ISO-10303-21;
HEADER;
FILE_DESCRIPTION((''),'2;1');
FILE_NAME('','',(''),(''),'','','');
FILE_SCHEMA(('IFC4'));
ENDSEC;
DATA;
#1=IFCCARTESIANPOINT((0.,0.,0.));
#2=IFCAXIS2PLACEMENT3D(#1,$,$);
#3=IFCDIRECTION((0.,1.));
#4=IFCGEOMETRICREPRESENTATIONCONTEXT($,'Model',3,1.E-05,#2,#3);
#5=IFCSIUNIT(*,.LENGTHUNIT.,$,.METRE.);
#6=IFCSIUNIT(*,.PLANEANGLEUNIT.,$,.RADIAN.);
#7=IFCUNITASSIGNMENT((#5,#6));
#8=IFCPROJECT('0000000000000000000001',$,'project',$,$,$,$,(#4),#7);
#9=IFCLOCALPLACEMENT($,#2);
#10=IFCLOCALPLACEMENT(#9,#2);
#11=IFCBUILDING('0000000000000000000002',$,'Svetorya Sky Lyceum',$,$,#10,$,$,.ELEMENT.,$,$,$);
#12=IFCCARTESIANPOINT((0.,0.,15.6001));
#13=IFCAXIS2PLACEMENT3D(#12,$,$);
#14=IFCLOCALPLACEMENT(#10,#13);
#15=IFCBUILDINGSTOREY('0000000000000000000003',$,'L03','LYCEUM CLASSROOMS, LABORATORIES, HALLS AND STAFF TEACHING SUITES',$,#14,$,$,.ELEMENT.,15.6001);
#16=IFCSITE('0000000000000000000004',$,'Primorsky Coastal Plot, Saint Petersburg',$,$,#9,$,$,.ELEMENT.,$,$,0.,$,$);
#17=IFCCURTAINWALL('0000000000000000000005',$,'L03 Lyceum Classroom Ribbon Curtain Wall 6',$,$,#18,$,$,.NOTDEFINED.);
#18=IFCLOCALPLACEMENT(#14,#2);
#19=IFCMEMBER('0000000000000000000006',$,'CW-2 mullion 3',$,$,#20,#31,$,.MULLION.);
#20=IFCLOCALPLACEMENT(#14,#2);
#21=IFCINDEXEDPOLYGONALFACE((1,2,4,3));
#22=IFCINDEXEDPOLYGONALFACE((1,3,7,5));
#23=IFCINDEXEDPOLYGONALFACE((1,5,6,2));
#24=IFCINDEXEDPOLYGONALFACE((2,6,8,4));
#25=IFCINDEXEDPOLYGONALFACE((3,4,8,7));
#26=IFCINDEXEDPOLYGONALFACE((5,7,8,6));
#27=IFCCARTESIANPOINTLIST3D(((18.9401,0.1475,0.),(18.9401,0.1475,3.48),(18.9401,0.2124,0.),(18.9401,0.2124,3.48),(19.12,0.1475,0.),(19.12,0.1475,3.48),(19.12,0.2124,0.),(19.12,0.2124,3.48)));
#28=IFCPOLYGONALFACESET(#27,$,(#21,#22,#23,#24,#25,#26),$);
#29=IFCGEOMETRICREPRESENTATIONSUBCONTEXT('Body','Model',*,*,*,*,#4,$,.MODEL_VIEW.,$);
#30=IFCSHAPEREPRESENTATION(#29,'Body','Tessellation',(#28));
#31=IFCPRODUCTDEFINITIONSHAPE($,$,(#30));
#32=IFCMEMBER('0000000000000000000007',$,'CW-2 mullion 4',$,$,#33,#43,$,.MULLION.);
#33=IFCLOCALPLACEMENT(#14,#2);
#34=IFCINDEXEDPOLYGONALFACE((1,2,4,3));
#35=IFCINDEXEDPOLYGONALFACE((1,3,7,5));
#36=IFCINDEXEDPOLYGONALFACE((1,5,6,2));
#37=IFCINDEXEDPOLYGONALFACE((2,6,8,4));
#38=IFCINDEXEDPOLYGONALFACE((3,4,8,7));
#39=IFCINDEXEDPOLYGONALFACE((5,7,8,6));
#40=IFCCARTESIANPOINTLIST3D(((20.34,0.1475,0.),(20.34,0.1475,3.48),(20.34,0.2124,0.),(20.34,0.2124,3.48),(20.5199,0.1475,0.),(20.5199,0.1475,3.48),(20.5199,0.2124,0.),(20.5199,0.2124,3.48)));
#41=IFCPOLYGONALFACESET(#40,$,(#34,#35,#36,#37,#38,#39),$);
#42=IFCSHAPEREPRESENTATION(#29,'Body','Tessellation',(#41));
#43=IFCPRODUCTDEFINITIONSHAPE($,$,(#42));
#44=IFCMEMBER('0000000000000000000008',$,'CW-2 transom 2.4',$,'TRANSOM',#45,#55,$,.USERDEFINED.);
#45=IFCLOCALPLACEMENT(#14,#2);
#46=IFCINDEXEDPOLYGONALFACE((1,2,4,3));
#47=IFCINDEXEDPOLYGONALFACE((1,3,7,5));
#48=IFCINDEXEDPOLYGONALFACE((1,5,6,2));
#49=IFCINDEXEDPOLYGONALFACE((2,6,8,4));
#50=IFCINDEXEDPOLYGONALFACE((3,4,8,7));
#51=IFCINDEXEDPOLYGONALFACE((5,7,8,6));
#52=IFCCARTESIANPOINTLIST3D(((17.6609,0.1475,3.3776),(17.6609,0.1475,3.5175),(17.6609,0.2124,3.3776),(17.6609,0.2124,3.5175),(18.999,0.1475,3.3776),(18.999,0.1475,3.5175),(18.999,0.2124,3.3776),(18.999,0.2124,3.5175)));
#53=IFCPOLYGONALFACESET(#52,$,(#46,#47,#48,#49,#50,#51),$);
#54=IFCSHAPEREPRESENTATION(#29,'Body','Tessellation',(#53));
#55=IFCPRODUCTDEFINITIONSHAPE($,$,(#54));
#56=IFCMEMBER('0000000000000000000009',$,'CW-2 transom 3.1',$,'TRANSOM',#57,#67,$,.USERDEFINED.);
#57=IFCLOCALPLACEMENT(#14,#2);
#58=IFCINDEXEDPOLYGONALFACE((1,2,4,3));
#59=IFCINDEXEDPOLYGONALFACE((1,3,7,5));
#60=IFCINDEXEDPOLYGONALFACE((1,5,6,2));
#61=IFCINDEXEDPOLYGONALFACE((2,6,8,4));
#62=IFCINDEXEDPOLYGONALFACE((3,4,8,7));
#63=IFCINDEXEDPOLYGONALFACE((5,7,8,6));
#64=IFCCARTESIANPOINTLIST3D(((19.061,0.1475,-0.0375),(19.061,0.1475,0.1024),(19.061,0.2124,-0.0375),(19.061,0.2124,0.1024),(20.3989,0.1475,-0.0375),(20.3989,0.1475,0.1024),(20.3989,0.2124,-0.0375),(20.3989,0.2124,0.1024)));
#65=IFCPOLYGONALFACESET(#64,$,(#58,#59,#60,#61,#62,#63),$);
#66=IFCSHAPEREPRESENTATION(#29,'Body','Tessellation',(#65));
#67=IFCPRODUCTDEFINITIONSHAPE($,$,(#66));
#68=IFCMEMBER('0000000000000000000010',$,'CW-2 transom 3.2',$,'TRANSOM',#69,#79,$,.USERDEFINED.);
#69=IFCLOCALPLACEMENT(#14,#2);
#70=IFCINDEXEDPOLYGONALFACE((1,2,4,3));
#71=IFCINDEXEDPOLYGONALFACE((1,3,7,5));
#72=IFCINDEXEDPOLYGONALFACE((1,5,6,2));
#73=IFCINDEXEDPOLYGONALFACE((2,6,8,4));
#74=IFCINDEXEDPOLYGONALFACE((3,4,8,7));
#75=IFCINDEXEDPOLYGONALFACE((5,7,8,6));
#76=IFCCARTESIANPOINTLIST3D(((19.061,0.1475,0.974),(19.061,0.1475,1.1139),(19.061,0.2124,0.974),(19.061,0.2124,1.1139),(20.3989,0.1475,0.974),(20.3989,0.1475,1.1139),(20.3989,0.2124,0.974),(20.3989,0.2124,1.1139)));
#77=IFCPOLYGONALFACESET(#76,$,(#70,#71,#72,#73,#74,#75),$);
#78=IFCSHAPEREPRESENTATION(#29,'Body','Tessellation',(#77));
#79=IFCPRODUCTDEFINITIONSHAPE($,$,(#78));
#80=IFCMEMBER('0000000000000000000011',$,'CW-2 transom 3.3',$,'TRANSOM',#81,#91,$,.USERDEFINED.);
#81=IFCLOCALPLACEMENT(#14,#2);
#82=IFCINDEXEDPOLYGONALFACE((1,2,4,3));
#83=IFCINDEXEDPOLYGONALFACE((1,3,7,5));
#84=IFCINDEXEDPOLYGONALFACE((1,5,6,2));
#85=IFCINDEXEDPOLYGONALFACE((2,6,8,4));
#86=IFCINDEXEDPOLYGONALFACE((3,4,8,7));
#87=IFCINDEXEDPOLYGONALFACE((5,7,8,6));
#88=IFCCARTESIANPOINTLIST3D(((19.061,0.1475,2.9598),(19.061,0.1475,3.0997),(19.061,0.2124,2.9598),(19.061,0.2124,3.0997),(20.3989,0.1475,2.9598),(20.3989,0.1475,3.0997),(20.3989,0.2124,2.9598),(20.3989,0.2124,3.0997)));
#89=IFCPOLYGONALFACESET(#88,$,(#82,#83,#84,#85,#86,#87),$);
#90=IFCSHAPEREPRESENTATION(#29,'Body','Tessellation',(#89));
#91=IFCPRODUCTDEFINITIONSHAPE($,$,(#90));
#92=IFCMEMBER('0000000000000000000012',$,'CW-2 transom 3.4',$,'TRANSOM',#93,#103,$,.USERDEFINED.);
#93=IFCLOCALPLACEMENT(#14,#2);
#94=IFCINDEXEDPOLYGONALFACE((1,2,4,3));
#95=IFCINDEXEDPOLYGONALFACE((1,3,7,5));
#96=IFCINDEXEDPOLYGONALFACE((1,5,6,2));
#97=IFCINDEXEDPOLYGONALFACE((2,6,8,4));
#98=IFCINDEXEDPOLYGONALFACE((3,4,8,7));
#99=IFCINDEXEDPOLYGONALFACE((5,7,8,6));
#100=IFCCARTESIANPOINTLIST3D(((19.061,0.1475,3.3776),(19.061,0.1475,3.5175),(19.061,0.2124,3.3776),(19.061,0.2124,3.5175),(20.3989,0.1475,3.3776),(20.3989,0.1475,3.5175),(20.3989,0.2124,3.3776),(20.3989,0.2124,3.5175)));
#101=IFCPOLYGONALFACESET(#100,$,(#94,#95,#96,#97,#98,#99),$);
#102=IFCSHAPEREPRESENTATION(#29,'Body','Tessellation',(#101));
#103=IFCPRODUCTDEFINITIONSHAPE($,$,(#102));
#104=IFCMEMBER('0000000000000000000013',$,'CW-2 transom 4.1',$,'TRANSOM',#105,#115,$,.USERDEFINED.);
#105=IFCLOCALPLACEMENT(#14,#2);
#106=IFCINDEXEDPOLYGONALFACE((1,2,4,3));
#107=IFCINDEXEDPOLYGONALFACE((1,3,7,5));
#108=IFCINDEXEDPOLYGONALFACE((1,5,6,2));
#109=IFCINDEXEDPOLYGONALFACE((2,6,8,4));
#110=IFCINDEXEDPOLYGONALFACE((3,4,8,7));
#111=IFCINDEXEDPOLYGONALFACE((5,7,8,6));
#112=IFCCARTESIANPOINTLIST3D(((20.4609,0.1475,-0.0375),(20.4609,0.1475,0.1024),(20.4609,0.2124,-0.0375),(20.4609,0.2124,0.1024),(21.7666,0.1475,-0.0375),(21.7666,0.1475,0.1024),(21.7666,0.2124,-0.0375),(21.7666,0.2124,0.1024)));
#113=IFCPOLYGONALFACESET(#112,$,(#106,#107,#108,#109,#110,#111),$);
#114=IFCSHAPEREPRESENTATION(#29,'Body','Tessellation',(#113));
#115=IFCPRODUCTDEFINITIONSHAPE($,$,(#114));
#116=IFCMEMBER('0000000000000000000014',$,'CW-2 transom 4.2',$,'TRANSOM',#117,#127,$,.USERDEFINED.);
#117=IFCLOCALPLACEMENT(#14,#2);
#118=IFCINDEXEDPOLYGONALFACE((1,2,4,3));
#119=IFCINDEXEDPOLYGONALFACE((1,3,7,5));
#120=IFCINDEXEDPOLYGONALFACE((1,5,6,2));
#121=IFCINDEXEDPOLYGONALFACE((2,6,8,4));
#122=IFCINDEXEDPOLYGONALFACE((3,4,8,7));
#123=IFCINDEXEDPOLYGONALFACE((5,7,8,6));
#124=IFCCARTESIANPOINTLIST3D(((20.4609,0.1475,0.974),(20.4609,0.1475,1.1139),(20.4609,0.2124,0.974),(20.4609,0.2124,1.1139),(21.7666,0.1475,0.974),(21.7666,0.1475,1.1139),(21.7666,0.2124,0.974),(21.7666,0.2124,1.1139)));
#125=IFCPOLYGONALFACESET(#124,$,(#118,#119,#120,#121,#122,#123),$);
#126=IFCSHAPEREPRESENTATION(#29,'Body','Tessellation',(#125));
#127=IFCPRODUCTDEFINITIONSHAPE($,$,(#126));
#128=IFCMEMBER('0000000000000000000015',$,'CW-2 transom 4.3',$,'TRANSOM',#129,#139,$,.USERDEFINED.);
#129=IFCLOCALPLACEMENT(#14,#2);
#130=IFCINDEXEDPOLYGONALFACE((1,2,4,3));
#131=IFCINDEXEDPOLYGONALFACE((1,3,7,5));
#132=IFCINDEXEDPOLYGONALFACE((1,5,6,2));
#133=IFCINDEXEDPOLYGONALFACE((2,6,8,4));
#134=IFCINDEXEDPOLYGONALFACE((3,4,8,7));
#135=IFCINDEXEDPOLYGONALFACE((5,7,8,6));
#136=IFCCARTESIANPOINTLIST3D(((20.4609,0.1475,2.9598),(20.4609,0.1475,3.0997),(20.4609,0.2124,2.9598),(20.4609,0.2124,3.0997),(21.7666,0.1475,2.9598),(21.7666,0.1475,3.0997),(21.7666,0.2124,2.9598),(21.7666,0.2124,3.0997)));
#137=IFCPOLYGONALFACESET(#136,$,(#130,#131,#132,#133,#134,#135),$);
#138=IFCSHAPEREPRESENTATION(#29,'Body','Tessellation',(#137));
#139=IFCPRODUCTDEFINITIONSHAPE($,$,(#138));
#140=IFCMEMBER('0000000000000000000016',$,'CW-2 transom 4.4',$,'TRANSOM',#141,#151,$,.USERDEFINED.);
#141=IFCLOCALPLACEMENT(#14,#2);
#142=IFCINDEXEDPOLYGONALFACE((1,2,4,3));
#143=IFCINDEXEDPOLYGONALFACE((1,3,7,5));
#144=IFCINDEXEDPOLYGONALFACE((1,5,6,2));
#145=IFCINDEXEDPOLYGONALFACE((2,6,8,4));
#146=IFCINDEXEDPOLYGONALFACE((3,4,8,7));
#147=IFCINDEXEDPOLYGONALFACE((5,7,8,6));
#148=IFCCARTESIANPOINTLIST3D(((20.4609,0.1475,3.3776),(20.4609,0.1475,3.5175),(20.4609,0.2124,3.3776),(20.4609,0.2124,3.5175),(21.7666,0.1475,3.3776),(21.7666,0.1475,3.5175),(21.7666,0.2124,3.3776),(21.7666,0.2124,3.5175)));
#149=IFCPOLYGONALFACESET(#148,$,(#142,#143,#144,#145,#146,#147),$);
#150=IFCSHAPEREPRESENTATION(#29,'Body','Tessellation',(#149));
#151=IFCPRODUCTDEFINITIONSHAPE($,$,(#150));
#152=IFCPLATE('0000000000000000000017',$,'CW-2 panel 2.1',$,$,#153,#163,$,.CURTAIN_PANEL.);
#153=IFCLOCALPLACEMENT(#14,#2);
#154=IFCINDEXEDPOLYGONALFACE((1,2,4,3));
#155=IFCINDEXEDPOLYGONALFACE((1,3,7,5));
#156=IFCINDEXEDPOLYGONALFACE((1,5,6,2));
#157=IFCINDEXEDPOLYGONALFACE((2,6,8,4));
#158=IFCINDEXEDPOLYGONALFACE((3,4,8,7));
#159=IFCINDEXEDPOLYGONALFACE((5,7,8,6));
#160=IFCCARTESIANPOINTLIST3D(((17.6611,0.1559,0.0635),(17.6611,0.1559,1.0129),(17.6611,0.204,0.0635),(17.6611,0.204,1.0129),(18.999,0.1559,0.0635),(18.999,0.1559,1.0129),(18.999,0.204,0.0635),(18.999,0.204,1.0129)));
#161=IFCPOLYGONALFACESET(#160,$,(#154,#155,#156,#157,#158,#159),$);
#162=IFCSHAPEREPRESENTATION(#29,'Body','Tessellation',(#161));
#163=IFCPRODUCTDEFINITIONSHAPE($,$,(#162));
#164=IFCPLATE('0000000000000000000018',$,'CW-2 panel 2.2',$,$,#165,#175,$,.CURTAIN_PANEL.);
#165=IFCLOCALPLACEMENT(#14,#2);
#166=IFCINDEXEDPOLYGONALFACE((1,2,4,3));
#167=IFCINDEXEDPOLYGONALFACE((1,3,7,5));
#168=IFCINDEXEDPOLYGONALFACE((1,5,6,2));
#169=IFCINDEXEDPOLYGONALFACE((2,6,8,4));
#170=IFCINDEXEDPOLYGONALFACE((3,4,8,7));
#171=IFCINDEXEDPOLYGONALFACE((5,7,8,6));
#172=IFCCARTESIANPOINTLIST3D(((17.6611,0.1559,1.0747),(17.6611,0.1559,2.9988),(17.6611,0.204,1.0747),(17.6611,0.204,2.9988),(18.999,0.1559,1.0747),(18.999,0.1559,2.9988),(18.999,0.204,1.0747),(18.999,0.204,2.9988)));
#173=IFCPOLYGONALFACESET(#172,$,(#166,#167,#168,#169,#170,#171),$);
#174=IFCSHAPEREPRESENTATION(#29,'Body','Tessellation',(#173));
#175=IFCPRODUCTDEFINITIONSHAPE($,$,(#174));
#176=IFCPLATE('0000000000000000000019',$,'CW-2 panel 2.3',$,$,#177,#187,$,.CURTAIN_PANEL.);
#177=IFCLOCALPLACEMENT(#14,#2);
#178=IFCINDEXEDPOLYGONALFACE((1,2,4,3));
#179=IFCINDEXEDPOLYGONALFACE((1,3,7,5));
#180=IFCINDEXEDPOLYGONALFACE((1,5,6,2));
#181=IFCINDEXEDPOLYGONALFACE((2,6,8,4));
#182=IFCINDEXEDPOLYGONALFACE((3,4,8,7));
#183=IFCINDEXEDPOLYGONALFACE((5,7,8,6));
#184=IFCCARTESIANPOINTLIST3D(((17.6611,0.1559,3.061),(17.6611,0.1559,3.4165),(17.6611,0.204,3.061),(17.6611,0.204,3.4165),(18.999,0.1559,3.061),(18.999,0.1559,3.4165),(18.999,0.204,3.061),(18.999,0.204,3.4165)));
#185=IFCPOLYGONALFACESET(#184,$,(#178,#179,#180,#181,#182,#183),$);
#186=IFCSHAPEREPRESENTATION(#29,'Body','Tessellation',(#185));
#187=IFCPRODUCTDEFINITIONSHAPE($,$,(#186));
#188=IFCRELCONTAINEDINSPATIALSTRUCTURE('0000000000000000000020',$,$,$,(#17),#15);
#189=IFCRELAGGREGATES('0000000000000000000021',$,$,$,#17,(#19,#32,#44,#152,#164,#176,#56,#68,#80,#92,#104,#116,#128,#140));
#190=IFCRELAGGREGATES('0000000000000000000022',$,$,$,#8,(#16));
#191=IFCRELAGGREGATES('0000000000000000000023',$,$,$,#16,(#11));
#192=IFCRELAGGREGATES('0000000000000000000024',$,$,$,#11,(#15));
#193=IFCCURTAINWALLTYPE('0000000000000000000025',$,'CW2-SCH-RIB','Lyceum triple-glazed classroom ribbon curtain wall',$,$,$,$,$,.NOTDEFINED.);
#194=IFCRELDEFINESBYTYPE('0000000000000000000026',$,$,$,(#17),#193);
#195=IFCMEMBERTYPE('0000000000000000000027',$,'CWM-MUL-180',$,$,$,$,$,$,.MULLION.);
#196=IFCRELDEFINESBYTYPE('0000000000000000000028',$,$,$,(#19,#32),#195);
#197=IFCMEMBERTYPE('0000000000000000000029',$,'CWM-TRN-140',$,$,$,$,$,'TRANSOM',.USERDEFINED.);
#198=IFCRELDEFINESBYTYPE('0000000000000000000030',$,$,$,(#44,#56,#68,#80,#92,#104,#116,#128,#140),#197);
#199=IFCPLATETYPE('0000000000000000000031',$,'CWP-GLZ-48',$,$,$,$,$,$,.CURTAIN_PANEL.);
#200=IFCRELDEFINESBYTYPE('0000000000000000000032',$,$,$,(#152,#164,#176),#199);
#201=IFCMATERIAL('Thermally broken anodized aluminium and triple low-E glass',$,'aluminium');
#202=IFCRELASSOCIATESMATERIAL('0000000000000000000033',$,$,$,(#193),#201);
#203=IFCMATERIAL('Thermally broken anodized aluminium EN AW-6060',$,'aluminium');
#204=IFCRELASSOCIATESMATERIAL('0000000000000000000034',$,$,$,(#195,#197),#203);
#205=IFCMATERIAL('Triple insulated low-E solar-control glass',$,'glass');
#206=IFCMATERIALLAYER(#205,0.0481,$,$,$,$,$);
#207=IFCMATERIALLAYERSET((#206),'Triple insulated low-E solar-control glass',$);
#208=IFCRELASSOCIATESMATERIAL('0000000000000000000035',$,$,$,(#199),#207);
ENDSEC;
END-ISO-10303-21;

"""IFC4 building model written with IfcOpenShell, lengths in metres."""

from ifc_helpers import new_model, si_unit, direction, frame, origin, origin_2d, place, context, subcontext, project, spatial, rectangle, extrude, material, layer, layer_set, material_profile, profile_set, type_object, element, aggregate, save


model = new_model("IFC4")

# Units and contexts
model_context = context("Model", 3, precision=1e-05, world=origin(), true_north=direction((0.0, 1.0)))
body_context = subcontext(model_context, "Body", "Model", "MODEL_VIEW")
ifc_project = project(units=[si_unit("LENGTHUNIT", "METRE"), si_unit("PLANEANGLEUNIT", "RADIAN")], contexts=[model_context])

# Site, building, storey
site_placement = place(None, origin())
site = spatial("IfcSite", under=ifc_project, at=site_placement, Name="Primorsky Coastal Plot, Saint Petersburg", CompositionType="ELEMENT", RefElevation=0.0)
building_placement = place(site_placement, origin())
building = spatial("IfcBuilding", under=site, at=building_placement, Name="Svetorya Sky Lyceum", CompositionType="ELEMENT")
storey_placement = place(building_placement, frame((0.0, 0.0, 15.6001)))
storey = spatial("IfcBuildingStorey", under=building, at=storey_placement, Name="L03", Description="LYCEUM CLASSROOMS, LABORATORIES, HALLS AND STAFF TEACHING SUITES", CompositionType="ELEMENT", Elevation=15.6001)

# Curtain wall, members, plates
ifc_material_1 = material(Name="Thermally broken anodized aluminium and triple low-E glass", Category="aluminium")
curtain_wall_type = type_object("IfcCurtainWallType", Name="CW2-SCH-RIB", Description="Lyceum triple-glazed classroom ribbon curtain wall", PredefinedType="NOTDEFINED", material=ifc_material_1)
curtain_wall_placement = place(storey_placement, origin())
curtain_wall = element("IfcCurtainWall", 1, at=curtain_wall_placement, inside=storey, type_object=curtain_wall_type, Name="L03 Lyceum Classroom Ribbon Curtain Wall 6", PredefinedType="NOTDEFINED")
ifc_material_2 = material(Name="Thermally broken anodized aluminium EN AW-6060", Category="aluminium")
ifc_material_profile_1 = material_profile(ifc_material_2, rectangle(XDim=0.0649, YDim=0.1799, at=origin_2d()), Name="ALU MULLION 65x180")
ifc_profile_set_1 = profile_set([ifc_material_profile_1], Name="Thermally broken anodized aluminium EN AW-6060")
member_type_1 = type_object("IfcMemberType", Name="CWM-MUL-180", PredefinedType="MULLION", material=ifc_profile_set_1)
member_1_placement = place(storey_placement, frame((19.03, 0.1799, 0.0), z_axis=(0.0, 0.0, 1.0), x_axis=(0.0, 1.0, 0.0)))
member_1 = element("IfcMember", 2, at=member_1_placement, type_object=member_type_1, Name="CW-2 mullion 3", PredefinedType="MULLION", context=body_context, shape_type="SweptSolid", body=[
    extrude(rectangle(XDim=0.0649, YDim=0.1799, at=origin_2d()), origin(), (0.0, 0.0, 1.0), 3.48),
])
member_2_placement = place(storey_placement, frame((20.4299, 0.1799, 0.0), z_axis=(0.0, 0.0, 1.0), x_axis=(0.0, 1.0, 0.0)))
member_2 = element("IfcMember", 3, at=member_2_placement, type_object=member_type_1, Name="CW-2 mullion 4", PredefinedType="MULLION", context=body_context, shape_type="SweptSolid", body=[
    extrude(rectangle(XDim=0.0649, YDim=0.1799, at=origin_2d()), origin(), (0.0, 0.0, 1.0), 3.48),
])
ifc_material_profile_2 = material_profile(ifc_material_2, rectangle(XDim=0.0649, YDim=0.1399, at=origin_2d()), Name="ALU TRANSOM 65x140")
ifc_profile_set_2 = profile_set([ifc_material_profile_2], Name="Thermally broken anodized aluminium EN AW-6060")
member_type_2 = type_object("IfcMemberType", Name="CWM-TRN-140", ElementType="TRANSOM", PredefinedType="USERDEFINED", material=ifc_profile_set_2)
member_3_placement = place(storey_placement, frame((17.6609, 0.1799, 3.4475), z_axis=(1.0, 0.0, 0.0), x_axis=(0.0, 1.0, 0.0)))
member_3 = element("IfcMember", 4, at=member_3_placement, type_object=member_type_2, Name="CW-2 transom 2.4", ObjectType="TRANSOM", PredefinedType="USERDEFINED", context=body_context, shape_type="SweptSolid", body=[
    extrude(rectangle(XDim=0.0649, YDim=0.1399, at=origin_2d()), origin(), (0.0, 0.0, 1.0), 1.3381),
])
member_4_placement = place(storey_placement, frame((19.061, 0.1799, 0.0325), z_axis=(1.0, 0.0, 0.0), x_axis=(0.0, 1.0, 0.0)))
member_4 = element("IfcMember", 5, at=member_4_placement, type_object=member_type_2, Name="CW-2 transom 3.1", ObjectType="TRANSOM", PredefinedType="USERDEFINED", context=body_context, shape_type="SweptSolid", body=[
    extrude(rectangle(XDim=0.0649, YDim=0.1399, at=origin_2d()), origin(), (0.0, 0.0, 1.0), 1.3379),
])
member_5_placement = place(storey_placement, frame((19.061, 0.1799, 1.0439), z_axis=(1.0, 0.0, 0.0), x_axis=(0.0, 1.0, 0.0)))
member_5 = element("IfcMember", 6, at=member_5_placement, type_object=member_type_2, Name="CW-2 transom 3.2", ObjectType="TRANSOM", PredefinedType="USERDEFINED", context=body_context, shape_type="SweptSolid", body=[
    extrude(rectangle(XDim=0.0649, YDim=0.1399, at=origin_2d()), origin(), (0.0, 0.0, 1.0), 1.3379),
])
member_6_placement = place(storey_placement, frame((19.061, 0.1799, 3.0298), z_axis=(1.0, 0.0, 0.0), x_axis=(0.0, 1.0, 0.0)))
member_6 = element("IfcMember", 7, at=member_6_placement, type_object=member_type_2, Name="CW-2 transom 3.3", ObjectType="TRANSOM", PredefinedType="USERDEFINED", context=body_context, shape_type="SweptSolid", body=[
    extrude(rectangle(XDim=0.0649, YDim=0.1399, at=origin_2d()), origin(), (0.0, 0.0, 1.0), 1.3379),
])
member_7_placement = place(storey_placement, frame((19.061, 0.1799, 3.4475), z_axis=(1.0, 0.0, 0.0), x_axis=(0.0, 1.0, 0.0)))
member_7 = element("IfcMember", 8, at=member_7_placement, type_object=member_type_2, Name="CW-2 transom 3.4", ObjectType="TRANSOM", PredefinedType="USERDEFINED", context=body_context, shape_type="SweptSolid", body=[
    extrude(rectangle(XDim=0.0649, YDim=0.1399, at=origin_2d()), origin(), (0.0, 0.0, 1.0), 1.3379),
])
member_8_placement = place(storey_placement, frame((20.4609, 0.1799, 0.0325), z_axis=(1.0, 0.0, 0.0), x_axis=(0.0, 1.0, 0.0)))
member_8 = element("IfcMember", 9, at=member_8_placement, type_object=member_type_2, Name="CW-2 transom 4.1", ObjectType="TRANSOM", PredefinedType="USERDEFINED", context=body_context, shape_type="SweptSolid", body=[
    extrude(rectangle(XDim=0.0649, YDim=0.1399, at=origin_2d()), origin(), (0.0, 0.0, 1.0), 1.3057),
])
member_9_placement = place(storey_placement, frame((20.4609, 0.1799, 1.0439), z_axis=(1.0, 0.0, 0.0), x_axis=(0.0, 1.0, 0.0)))
member_9 = element("IfcMember", 10, at=member_9_placement, type_object=member_type_2, Name="CW-2 transom 4.2", ObjectType="TRANSOM", PredefinedType="USERDEFINED", context=body_context, shape_type="SweptSolid", body=[
    extrude(rectangle(XDim=0.0649, YDim=0.1399, at=origin_2d()), origin(), (0.0, 0.0, 1.0), 1.3057),
])
member_10_placement = place(storey_placement, frame((20.4609, 0.1799, 3.0298), z_axis=(1.0, 0.0, 0.0), x_axis=(0.0, 1.0, 0.0)))
member_10 = element("IfcMember", 11, at=member_10_placement, type_object=member_type_2, Name="CW-2 transom 4.3", ObjectType="TRANSOM", PredefinedType="USERDEFINED", context=body_context, shape_type="SweptSolid", body=[
    extrude(rectangle(XDim=0.0649, YDim=0.1399, at=origin_2d()), origin(), (0.0, 0.0, 1.0), 1.3057),
])
member_11_placement = place(storey_placement, frame((20.4609, 0.1799, 3.4475), z_axis=(1.0, 0.0, 0.0), x_axis=(0.0, 1.0, 0.0)))
member_11 = element("IfcMember", 12, at=member_11_placement, type_object=member_type_2, Name="CW-2 transom 4.4", ObjectType="TRANSOM", PredefinedType="USERDEFINED", context=body_context, shape_type="SweptSolid", body=[
    extrude(rectangle(XDim=0.0649, YDim=0.1399, at=origin_2d()), origin(), (0.0, 0.0, 1.0), 1.3057),
])
ifc_material_3 = material(Name="Triple insulated low-E solar-control glass", Category="glass")
ifc_layer = layer(ifc_material_3, 0.0481)
ifc_layer_set = layer_set([ifc_layer], Name="Triple insulated low-E solar-control glass")
plate_type = type_object("IfcPlateType", Name="CWP-GLZ-48", PredefinedType="CURTAIN_PANEL", material=ifc_layer_set)
plate_1_placement = place(storey_placement, frame((18.3301, 0.1799, 0.0635), z_axis=(0.0, 0.0, 1.0), x_axis=(1.0, 0.0, 0.0)))
plate_1 = element("IfcPlate", 13, at=plate_1_placement, type_object=plate_type, Name="CW-2 panel 2.1", PredefinedType="CURTAIN_PANEL", context=body_context, shape_type="SweptSolid", body=[
    extrude(rectangle(XDim=1.3379, YDim=0.0481, at=origin_2d()), origin(), (0.0, 0.0, 1.0), 0.9495),
])
plate_2_placement = place(storey_placement, frame((18.3301, 0.1799, 1.0747), z_axis=(0.0, 0.0, 1.0), x_axis=(1.0, 0.0, 0.0)))
plate_2 = element("IfcPlate", 14, at=plate_2_placement, type_object=plate_type, Name="CW-2 panel 2.2", PredefinedType="CURTAIN_PANEL", context=body_context, shape_type="SweptSolid", body=[
    extrude(rectangle(XDim=1.3379, YDim=0.0481, at=origin_2d()), origin(), (0.0, 0.0, 1.0), 1.9241),
])
plate_3_placement = place(storey_placement, frame((18.3301, 0.1799, 3.061), z_axis=(0.0, 0.0, 1.0), x_axis=(1.0, 0.0, 0.0)))
plate_3 = element("IfcPlate", 15, at=plate_3_placement, type_object=plate_type, Name="CW-2 panel 2.3", PredefinedType="CURTAIN_PANEL", context=body_context, shape_type="SweptSolid", body=[
    extrude(rectangle(XDim=1.3379, YDim=0.0481, at=origin_2d()), origin(), (0.0, 0.0, 1.0), 0.3555),
])
aggregate(curtain_wall, [member_1, member_2, member_3, plate_1, plate_2, plate_3, member_4, member_5, member_6, member_7, member_8, member_9, member_10, member_11])

save(model, "model.ifc")
